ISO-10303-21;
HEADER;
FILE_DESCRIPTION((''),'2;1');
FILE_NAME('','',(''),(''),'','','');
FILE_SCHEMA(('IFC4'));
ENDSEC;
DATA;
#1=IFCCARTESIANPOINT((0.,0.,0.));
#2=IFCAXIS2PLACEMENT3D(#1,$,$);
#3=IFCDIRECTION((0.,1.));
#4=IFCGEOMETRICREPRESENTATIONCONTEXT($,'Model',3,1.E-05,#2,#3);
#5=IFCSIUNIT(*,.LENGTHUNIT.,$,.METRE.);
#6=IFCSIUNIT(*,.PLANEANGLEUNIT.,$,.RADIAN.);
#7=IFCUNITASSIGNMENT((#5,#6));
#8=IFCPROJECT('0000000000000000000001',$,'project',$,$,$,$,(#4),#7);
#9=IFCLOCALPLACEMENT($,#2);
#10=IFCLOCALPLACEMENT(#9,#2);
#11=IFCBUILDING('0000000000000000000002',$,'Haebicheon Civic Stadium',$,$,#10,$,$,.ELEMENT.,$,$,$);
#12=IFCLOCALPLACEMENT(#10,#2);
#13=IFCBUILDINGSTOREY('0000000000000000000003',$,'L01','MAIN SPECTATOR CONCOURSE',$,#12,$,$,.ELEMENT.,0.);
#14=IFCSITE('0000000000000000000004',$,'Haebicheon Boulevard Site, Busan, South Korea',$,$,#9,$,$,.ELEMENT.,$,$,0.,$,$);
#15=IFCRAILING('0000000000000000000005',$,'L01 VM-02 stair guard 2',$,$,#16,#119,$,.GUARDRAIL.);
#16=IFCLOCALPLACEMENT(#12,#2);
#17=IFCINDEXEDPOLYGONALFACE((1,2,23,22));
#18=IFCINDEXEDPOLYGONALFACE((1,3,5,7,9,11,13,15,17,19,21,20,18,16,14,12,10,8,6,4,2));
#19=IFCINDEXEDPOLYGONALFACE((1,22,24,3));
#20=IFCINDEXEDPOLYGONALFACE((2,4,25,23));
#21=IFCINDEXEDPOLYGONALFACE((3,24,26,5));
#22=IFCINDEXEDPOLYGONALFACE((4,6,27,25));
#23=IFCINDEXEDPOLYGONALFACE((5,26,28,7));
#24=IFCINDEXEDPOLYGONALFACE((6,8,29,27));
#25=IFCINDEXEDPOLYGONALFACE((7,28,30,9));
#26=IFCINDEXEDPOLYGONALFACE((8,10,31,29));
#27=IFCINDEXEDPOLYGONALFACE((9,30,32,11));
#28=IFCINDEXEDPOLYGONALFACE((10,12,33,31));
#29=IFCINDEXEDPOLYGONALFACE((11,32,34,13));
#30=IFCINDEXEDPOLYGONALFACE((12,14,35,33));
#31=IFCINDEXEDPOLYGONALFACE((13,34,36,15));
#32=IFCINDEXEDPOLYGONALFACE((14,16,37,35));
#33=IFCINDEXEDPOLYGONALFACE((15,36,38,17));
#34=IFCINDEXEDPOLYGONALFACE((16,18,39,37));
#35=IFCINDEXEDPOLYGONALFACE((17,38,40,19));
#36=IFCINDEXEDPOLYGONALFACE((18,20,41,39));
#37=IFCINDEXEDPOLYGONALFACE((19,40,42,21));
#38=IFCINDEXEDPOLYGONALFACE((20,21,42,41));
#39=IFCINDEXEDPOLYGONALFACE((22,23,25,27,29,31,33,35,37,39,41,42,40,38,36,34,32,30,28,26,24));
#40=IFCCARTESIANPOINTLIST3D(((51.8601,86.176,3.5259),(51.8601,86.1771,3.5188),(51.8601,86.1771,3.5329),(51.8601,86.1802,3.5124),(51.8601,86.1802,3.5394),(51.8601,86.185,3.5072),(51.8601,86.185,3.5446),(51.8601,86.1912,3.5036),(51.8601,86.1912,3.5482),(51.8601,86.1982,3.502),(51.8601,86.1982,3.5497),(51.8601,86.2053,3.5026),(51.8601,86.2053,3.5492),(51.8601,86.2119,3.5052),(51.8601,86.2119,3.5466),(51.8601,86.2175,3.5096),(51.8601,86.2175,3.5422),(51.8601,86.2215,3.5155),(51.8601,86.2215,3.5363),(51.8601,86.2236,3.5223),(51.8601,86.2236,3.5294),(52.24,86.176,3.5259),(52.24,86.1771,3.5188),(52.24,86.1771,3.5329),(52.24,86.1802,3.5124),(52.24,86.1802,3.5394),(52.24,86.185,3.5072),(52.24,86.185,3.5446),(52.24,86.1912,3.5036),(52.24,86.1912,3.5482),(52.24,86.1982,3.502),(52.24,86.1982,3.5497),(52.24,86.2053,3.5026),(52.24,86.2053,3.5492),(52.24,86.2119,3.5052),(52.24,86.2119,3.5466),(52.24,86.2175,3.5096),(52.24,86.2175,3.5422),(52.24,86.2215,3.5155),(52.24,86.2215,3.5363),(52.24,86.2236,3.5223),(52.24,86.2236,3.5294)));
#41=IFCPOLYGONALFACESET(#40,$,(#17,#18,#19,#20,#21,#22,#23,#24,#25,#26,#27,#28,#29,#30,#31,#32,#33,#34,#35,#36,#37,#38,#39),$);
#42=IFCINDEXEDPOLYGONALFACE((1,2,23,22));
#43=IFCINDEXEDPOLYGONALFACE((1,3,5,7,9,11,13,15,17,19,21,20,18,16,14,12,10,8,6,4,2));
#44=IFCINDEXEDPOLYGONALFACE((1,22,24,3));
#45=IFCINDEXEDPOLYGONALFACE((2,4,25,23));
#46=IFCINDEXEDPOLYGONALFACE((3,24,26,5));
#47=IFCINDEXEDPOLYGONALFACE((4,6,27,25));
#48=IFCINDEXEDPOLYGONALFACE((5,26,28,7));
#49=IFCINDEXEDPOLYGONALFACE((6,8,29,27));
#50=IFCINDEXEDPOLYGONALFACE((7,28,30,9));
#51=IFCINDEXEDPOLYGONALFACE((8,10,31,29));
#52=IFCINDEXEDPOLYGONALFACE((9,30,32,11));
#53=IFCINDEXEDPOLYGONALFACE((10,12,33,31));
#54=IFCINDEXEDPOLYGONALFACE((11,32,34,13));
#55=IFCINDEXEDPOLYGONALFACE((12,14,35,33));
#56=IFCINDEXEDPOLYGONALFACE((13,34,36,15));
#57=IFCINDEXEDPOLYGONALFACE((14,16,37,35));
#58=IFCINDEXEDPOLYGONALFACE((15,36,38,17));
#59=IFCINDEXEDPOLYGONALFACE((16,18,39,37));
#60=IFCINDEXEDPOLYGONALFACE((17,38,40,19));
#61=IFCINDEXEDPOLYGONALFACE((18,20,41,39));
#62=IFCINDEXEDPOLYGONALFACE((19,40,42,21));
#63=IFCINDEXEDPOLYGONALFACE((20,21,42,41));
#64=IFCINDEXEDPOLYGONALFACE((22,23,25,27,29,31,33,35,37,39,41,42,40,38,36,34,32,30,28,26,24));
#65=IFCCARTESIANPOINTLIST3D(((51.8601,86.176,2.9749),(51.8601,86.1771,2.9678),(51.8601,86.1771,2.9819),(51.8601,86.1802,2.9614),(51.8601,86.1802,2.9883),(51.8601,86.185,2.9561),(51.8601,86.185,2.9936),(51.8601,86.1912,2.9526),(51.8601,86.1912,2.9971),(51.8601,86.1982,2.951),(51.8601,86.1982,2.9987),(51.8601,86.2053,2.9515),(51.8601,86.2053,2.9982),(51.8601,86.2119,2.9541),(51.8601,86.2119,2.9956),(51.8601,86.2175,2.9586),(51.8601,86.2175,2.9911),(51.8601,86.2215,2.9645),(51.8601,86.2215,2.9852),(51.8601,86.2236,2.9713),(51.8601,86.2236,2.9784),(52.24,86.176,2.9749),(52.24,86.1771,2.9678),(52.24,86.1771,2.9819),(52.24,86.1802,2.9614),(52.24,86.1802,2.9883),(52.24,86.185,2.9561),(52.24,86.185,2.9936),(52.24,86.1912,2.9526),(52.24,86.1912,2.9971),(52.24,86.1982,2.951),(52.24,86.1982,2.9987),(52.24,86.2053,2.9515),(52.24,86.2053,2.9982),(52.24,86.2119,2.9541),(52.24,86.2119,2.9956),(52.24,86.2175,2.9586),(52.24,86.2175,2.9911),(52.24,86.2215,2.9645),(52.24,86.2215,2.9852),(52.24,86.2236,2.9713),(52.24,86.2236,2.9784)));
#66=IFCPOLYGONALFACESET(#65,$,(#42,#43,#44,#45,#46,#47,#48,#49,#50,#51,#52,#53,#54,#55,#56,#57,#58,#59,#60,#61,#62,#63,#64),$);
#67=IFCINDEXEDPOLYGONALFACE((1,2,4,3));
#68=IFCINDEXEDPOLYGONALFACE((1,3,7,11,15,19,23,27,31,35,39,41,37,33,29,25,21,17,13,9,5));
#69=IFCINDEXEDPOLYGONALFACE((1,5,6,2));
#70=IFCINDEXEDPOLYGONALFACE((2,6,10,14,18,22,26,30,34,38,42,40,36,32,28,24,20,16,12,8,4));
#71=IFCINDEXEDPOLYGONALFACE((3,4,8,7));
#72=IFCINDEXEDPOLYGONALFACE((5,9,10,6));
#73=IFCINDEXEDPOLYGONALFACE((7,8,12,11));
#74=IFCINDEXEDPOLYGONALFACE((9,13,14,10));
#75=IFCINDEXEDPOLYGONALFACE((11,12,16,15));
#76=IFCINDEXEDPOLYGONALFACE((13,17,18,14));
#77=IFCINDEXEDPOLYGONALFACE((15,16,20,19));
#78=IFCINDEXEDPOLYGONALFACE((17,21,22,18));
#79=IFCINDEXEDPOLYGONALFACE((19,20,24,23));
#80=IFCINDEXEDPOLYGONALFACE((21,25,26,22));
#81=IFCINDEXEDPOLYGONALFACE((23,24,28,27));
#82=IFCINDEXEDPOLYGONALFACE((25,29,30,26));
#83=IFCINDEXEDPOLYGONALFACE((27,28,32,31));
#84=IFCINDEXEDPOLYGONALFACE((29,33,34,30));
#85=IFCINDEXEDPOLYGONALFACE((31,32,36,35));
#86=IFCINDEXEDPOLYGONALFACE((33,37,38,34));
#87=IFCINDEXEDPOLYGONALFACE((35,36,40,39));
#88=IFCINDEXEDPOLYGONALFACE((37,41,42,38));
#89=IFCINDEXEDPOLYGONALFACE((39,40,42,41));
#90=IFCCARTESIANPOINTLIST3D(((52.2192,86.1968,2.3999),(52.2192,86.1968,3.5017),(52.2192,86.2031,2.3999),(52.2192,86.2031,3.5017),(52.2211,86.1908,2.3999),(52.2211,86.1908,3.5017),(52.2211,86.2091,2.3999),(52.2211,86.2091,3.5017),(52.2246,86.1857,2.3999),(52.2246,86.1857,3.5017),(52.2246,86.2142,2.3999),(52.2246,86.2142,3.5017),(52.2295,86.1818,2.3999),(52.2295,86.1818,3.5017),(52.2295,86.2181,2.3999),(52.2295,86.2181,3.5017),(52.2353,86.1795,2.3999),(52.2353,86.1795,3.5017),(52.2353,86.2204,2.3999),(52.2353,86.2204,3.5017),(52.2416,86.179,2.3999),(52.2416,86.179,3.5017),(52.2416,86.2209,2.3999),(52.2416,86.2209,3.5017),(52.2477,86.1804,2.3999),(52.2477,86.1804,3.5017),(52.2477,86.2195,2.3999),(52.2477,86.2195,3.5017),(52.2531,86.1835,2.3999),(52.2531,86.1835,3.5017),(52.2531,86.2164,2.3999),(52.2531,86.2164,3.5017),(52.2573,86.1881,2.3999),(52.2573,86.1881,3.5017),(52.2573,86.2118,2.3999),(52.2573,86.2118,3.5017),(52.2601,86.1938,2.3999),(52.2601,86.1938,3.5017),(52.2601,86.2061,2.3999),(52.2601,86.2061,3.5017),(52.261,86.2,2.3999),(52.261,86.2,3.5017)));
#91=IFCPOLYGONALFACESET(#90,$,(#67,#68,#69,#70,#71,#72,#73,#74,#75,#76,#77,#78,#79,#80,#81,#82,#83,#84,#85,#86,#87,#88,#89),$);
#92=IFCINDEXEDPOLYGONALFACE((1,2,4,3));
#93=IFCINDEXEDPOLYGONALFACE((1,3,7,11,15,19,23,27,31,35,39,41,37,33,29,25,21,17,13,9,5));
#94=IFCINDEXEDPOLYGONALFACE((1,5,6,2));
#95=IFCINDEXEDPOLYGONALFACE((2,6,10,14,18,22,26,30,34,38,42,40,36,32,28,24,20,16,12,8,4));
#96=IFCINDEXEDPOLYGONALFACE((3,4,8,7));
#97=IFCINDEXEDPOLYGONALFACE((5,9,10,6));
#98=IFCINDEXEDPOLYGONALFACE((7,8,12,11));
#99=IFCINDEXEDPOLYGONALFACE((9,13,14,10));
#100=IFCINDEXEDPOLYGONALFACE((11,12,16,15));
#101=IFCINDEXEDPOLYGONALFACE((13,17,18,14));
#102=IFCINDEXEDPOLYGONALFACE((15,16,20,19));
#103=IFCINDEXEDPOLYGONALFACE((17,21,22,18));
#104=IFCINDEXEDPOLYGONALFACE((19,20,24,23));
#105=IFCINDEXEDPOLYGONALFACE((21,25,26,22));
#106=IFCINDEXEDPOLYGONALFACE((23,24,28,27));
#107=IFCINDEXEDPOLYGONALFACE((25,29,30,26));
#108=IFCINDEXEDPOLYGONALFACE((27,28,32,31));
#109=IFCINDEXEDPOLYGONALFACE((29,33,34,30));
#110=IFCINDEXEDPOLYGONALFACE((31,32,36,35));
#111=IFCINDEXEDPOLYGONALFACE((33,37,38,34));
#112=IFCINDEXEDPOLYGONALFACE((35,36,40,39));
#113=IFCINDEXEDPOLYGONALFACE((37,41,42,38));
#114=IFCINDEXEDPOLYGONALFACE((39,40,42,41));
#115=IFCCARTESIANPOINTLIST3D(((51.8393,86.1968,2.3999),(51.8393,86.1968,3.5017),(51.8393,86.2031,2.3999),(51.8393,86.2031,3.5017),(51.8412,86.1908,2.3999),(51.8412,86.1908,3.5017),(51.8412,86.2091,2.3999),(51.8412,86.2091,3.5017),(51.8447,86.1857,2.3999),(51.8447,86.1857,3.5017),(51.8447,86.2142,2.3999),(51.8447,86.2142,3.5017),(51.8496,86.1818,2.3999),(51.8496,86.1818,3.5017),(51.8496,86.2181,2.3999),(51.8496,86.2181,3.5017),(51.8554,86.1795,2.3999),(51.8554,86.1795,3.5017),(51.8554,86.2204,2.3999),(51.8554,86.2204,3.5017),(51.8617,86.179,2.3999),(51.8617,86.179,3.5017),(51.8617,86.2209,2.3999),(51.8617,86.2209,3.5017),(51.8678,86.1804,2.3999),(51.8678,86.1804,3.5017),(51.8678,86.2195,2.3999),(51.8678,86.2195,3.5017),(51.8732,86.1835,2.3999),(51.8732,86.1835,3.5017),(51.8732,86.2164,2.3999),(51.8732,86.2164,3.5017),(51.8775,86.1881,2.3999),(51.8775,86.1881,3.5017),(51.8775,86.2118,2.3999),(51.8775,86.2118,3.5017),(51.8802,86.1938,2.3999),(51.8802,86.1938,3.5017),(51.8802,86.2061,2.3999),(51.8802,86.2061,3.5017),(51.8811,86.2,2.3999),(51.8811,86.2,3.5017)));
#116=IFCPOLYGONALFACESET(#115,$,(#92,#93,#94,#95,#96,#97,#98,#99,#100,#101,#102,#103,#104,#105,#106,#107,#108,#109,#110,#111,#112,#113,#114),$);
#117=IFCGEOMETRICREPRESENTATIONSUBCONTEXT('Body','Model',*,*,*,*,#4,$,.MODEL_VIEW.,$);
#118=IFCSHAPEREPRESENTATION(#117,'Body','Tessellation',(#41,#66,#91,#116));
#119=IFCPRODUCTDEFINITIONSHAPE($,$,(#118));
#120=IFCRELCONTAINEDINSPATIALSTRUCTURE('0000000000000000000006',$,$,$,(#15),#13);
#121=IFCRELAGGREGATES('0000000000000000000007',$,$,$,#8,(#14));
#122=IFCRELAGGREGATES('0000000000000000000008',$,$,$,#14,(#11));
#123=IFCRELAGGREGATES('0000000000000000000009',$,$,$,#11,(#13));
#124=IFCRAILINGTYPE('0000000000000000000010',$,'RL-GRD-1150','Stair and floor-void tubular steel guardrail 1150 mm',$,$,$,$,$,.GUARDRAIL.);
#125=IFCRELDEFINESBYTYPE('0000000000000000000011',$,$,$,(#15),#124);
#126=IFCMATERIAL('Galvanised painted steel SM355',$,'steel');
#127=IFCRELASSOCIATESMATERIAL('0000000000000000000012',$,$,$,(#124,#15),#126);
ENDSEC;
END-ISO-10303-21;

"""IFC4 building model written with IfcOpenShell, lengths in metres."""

from ifc_helpers import new_model, si_unit, direction, frame, origin, origin_2d, place, context, subcontext, project, spatial, circle, extrude, material, type_object, element, save


model = new_model("IFC4")

# Units and contexts
model_context = context("Model", 3, precision=1e-05, world=origin(), true_north=direction((0.0, 1.0)))
body_context = subcontext(model_context, "Body", "Model", "MODEL_VIEW")
ifc_project = project(units=[si_unit("LENGTHUNIT", "METRE"), si_unit("PLANEANGLEUNIT", "RADIAN")], contexts=[model_context])

# Site, building, storey
site_placement = place(None, origin())
site = spatial("IfcSite", under=ifc_project, at=site_placement, Name="Haebicheon Boulevard Site, Busan, South Korea", CompositionType="ELEMENT", RefElevation=0.0)
building_placement = place(site_placement, origin())
building = spatial("IfcBuilding", under=site, at=building_placement, Name="Haebicheon Civic Stadium", CompositionType="ELEMENT")
storey_placement = place(building_placement, origin())
storey = spatial("IfcBuildingStorey", under=building, at=storey_placement, Name="L01", Description="MAIN SPECTATOR CONCOURSE", CompositionType="ELEMENT", Elevation=0.0)

# Railing
ifc_material_1 = material(Name="Galvanised painted steel SM355", Category="steel")
railing_type_1 = type_object("IfcRailingType", Name="RL-GRD-1150", Description="Stair and floor-void tubular steel guardrail 1150 mm", PredefinedType="GUARDRAIL", material=ifc_material_1)
railing_1_placement = place(storey_placement, frame((52.24, 86.2, 2.3999)))
element("IfcRailing", 1, at=railing_1_placement, inside=storey, type_object=railing_type_1, material=ifc_material_1, Name="L01 VM-02 stair guard 2", PredefinedType="GUARDRAIL", context=body_context, shape_type="SweptSolid", body=[
    extrude(circle(Radius=0.0239, at=origin_2d()), frame((0.0, 0.0, 1.126), z_axis=(-1.0, 0.0, 0.0), x_axis=(0.0, -1.0, 0.0)), (0.0, 0.0, 1.0), 0.3799),
    extrude(circle(Radius=0.0239, at=origin_2d()), frame((0.0, 0.0, 0.575), z_axis=(-1.0, 0.0, 0.0), x_axis=(0.0, -1.0, 0.0)), (0.0, 0.0, 1.0), 0.3799),
    extrude(circle(Radius=0.021, at=origin_2d()), origin(), (0.0, 0.0, 1.0), 1.1018),
    extrude(circle(Radius=0.021, at=origin_2d()), frame((-0.3799, 0.0, 0.0)), (0.0, 0.0, 1.0), 1.1018),
])

save(model, "model.ifc")
